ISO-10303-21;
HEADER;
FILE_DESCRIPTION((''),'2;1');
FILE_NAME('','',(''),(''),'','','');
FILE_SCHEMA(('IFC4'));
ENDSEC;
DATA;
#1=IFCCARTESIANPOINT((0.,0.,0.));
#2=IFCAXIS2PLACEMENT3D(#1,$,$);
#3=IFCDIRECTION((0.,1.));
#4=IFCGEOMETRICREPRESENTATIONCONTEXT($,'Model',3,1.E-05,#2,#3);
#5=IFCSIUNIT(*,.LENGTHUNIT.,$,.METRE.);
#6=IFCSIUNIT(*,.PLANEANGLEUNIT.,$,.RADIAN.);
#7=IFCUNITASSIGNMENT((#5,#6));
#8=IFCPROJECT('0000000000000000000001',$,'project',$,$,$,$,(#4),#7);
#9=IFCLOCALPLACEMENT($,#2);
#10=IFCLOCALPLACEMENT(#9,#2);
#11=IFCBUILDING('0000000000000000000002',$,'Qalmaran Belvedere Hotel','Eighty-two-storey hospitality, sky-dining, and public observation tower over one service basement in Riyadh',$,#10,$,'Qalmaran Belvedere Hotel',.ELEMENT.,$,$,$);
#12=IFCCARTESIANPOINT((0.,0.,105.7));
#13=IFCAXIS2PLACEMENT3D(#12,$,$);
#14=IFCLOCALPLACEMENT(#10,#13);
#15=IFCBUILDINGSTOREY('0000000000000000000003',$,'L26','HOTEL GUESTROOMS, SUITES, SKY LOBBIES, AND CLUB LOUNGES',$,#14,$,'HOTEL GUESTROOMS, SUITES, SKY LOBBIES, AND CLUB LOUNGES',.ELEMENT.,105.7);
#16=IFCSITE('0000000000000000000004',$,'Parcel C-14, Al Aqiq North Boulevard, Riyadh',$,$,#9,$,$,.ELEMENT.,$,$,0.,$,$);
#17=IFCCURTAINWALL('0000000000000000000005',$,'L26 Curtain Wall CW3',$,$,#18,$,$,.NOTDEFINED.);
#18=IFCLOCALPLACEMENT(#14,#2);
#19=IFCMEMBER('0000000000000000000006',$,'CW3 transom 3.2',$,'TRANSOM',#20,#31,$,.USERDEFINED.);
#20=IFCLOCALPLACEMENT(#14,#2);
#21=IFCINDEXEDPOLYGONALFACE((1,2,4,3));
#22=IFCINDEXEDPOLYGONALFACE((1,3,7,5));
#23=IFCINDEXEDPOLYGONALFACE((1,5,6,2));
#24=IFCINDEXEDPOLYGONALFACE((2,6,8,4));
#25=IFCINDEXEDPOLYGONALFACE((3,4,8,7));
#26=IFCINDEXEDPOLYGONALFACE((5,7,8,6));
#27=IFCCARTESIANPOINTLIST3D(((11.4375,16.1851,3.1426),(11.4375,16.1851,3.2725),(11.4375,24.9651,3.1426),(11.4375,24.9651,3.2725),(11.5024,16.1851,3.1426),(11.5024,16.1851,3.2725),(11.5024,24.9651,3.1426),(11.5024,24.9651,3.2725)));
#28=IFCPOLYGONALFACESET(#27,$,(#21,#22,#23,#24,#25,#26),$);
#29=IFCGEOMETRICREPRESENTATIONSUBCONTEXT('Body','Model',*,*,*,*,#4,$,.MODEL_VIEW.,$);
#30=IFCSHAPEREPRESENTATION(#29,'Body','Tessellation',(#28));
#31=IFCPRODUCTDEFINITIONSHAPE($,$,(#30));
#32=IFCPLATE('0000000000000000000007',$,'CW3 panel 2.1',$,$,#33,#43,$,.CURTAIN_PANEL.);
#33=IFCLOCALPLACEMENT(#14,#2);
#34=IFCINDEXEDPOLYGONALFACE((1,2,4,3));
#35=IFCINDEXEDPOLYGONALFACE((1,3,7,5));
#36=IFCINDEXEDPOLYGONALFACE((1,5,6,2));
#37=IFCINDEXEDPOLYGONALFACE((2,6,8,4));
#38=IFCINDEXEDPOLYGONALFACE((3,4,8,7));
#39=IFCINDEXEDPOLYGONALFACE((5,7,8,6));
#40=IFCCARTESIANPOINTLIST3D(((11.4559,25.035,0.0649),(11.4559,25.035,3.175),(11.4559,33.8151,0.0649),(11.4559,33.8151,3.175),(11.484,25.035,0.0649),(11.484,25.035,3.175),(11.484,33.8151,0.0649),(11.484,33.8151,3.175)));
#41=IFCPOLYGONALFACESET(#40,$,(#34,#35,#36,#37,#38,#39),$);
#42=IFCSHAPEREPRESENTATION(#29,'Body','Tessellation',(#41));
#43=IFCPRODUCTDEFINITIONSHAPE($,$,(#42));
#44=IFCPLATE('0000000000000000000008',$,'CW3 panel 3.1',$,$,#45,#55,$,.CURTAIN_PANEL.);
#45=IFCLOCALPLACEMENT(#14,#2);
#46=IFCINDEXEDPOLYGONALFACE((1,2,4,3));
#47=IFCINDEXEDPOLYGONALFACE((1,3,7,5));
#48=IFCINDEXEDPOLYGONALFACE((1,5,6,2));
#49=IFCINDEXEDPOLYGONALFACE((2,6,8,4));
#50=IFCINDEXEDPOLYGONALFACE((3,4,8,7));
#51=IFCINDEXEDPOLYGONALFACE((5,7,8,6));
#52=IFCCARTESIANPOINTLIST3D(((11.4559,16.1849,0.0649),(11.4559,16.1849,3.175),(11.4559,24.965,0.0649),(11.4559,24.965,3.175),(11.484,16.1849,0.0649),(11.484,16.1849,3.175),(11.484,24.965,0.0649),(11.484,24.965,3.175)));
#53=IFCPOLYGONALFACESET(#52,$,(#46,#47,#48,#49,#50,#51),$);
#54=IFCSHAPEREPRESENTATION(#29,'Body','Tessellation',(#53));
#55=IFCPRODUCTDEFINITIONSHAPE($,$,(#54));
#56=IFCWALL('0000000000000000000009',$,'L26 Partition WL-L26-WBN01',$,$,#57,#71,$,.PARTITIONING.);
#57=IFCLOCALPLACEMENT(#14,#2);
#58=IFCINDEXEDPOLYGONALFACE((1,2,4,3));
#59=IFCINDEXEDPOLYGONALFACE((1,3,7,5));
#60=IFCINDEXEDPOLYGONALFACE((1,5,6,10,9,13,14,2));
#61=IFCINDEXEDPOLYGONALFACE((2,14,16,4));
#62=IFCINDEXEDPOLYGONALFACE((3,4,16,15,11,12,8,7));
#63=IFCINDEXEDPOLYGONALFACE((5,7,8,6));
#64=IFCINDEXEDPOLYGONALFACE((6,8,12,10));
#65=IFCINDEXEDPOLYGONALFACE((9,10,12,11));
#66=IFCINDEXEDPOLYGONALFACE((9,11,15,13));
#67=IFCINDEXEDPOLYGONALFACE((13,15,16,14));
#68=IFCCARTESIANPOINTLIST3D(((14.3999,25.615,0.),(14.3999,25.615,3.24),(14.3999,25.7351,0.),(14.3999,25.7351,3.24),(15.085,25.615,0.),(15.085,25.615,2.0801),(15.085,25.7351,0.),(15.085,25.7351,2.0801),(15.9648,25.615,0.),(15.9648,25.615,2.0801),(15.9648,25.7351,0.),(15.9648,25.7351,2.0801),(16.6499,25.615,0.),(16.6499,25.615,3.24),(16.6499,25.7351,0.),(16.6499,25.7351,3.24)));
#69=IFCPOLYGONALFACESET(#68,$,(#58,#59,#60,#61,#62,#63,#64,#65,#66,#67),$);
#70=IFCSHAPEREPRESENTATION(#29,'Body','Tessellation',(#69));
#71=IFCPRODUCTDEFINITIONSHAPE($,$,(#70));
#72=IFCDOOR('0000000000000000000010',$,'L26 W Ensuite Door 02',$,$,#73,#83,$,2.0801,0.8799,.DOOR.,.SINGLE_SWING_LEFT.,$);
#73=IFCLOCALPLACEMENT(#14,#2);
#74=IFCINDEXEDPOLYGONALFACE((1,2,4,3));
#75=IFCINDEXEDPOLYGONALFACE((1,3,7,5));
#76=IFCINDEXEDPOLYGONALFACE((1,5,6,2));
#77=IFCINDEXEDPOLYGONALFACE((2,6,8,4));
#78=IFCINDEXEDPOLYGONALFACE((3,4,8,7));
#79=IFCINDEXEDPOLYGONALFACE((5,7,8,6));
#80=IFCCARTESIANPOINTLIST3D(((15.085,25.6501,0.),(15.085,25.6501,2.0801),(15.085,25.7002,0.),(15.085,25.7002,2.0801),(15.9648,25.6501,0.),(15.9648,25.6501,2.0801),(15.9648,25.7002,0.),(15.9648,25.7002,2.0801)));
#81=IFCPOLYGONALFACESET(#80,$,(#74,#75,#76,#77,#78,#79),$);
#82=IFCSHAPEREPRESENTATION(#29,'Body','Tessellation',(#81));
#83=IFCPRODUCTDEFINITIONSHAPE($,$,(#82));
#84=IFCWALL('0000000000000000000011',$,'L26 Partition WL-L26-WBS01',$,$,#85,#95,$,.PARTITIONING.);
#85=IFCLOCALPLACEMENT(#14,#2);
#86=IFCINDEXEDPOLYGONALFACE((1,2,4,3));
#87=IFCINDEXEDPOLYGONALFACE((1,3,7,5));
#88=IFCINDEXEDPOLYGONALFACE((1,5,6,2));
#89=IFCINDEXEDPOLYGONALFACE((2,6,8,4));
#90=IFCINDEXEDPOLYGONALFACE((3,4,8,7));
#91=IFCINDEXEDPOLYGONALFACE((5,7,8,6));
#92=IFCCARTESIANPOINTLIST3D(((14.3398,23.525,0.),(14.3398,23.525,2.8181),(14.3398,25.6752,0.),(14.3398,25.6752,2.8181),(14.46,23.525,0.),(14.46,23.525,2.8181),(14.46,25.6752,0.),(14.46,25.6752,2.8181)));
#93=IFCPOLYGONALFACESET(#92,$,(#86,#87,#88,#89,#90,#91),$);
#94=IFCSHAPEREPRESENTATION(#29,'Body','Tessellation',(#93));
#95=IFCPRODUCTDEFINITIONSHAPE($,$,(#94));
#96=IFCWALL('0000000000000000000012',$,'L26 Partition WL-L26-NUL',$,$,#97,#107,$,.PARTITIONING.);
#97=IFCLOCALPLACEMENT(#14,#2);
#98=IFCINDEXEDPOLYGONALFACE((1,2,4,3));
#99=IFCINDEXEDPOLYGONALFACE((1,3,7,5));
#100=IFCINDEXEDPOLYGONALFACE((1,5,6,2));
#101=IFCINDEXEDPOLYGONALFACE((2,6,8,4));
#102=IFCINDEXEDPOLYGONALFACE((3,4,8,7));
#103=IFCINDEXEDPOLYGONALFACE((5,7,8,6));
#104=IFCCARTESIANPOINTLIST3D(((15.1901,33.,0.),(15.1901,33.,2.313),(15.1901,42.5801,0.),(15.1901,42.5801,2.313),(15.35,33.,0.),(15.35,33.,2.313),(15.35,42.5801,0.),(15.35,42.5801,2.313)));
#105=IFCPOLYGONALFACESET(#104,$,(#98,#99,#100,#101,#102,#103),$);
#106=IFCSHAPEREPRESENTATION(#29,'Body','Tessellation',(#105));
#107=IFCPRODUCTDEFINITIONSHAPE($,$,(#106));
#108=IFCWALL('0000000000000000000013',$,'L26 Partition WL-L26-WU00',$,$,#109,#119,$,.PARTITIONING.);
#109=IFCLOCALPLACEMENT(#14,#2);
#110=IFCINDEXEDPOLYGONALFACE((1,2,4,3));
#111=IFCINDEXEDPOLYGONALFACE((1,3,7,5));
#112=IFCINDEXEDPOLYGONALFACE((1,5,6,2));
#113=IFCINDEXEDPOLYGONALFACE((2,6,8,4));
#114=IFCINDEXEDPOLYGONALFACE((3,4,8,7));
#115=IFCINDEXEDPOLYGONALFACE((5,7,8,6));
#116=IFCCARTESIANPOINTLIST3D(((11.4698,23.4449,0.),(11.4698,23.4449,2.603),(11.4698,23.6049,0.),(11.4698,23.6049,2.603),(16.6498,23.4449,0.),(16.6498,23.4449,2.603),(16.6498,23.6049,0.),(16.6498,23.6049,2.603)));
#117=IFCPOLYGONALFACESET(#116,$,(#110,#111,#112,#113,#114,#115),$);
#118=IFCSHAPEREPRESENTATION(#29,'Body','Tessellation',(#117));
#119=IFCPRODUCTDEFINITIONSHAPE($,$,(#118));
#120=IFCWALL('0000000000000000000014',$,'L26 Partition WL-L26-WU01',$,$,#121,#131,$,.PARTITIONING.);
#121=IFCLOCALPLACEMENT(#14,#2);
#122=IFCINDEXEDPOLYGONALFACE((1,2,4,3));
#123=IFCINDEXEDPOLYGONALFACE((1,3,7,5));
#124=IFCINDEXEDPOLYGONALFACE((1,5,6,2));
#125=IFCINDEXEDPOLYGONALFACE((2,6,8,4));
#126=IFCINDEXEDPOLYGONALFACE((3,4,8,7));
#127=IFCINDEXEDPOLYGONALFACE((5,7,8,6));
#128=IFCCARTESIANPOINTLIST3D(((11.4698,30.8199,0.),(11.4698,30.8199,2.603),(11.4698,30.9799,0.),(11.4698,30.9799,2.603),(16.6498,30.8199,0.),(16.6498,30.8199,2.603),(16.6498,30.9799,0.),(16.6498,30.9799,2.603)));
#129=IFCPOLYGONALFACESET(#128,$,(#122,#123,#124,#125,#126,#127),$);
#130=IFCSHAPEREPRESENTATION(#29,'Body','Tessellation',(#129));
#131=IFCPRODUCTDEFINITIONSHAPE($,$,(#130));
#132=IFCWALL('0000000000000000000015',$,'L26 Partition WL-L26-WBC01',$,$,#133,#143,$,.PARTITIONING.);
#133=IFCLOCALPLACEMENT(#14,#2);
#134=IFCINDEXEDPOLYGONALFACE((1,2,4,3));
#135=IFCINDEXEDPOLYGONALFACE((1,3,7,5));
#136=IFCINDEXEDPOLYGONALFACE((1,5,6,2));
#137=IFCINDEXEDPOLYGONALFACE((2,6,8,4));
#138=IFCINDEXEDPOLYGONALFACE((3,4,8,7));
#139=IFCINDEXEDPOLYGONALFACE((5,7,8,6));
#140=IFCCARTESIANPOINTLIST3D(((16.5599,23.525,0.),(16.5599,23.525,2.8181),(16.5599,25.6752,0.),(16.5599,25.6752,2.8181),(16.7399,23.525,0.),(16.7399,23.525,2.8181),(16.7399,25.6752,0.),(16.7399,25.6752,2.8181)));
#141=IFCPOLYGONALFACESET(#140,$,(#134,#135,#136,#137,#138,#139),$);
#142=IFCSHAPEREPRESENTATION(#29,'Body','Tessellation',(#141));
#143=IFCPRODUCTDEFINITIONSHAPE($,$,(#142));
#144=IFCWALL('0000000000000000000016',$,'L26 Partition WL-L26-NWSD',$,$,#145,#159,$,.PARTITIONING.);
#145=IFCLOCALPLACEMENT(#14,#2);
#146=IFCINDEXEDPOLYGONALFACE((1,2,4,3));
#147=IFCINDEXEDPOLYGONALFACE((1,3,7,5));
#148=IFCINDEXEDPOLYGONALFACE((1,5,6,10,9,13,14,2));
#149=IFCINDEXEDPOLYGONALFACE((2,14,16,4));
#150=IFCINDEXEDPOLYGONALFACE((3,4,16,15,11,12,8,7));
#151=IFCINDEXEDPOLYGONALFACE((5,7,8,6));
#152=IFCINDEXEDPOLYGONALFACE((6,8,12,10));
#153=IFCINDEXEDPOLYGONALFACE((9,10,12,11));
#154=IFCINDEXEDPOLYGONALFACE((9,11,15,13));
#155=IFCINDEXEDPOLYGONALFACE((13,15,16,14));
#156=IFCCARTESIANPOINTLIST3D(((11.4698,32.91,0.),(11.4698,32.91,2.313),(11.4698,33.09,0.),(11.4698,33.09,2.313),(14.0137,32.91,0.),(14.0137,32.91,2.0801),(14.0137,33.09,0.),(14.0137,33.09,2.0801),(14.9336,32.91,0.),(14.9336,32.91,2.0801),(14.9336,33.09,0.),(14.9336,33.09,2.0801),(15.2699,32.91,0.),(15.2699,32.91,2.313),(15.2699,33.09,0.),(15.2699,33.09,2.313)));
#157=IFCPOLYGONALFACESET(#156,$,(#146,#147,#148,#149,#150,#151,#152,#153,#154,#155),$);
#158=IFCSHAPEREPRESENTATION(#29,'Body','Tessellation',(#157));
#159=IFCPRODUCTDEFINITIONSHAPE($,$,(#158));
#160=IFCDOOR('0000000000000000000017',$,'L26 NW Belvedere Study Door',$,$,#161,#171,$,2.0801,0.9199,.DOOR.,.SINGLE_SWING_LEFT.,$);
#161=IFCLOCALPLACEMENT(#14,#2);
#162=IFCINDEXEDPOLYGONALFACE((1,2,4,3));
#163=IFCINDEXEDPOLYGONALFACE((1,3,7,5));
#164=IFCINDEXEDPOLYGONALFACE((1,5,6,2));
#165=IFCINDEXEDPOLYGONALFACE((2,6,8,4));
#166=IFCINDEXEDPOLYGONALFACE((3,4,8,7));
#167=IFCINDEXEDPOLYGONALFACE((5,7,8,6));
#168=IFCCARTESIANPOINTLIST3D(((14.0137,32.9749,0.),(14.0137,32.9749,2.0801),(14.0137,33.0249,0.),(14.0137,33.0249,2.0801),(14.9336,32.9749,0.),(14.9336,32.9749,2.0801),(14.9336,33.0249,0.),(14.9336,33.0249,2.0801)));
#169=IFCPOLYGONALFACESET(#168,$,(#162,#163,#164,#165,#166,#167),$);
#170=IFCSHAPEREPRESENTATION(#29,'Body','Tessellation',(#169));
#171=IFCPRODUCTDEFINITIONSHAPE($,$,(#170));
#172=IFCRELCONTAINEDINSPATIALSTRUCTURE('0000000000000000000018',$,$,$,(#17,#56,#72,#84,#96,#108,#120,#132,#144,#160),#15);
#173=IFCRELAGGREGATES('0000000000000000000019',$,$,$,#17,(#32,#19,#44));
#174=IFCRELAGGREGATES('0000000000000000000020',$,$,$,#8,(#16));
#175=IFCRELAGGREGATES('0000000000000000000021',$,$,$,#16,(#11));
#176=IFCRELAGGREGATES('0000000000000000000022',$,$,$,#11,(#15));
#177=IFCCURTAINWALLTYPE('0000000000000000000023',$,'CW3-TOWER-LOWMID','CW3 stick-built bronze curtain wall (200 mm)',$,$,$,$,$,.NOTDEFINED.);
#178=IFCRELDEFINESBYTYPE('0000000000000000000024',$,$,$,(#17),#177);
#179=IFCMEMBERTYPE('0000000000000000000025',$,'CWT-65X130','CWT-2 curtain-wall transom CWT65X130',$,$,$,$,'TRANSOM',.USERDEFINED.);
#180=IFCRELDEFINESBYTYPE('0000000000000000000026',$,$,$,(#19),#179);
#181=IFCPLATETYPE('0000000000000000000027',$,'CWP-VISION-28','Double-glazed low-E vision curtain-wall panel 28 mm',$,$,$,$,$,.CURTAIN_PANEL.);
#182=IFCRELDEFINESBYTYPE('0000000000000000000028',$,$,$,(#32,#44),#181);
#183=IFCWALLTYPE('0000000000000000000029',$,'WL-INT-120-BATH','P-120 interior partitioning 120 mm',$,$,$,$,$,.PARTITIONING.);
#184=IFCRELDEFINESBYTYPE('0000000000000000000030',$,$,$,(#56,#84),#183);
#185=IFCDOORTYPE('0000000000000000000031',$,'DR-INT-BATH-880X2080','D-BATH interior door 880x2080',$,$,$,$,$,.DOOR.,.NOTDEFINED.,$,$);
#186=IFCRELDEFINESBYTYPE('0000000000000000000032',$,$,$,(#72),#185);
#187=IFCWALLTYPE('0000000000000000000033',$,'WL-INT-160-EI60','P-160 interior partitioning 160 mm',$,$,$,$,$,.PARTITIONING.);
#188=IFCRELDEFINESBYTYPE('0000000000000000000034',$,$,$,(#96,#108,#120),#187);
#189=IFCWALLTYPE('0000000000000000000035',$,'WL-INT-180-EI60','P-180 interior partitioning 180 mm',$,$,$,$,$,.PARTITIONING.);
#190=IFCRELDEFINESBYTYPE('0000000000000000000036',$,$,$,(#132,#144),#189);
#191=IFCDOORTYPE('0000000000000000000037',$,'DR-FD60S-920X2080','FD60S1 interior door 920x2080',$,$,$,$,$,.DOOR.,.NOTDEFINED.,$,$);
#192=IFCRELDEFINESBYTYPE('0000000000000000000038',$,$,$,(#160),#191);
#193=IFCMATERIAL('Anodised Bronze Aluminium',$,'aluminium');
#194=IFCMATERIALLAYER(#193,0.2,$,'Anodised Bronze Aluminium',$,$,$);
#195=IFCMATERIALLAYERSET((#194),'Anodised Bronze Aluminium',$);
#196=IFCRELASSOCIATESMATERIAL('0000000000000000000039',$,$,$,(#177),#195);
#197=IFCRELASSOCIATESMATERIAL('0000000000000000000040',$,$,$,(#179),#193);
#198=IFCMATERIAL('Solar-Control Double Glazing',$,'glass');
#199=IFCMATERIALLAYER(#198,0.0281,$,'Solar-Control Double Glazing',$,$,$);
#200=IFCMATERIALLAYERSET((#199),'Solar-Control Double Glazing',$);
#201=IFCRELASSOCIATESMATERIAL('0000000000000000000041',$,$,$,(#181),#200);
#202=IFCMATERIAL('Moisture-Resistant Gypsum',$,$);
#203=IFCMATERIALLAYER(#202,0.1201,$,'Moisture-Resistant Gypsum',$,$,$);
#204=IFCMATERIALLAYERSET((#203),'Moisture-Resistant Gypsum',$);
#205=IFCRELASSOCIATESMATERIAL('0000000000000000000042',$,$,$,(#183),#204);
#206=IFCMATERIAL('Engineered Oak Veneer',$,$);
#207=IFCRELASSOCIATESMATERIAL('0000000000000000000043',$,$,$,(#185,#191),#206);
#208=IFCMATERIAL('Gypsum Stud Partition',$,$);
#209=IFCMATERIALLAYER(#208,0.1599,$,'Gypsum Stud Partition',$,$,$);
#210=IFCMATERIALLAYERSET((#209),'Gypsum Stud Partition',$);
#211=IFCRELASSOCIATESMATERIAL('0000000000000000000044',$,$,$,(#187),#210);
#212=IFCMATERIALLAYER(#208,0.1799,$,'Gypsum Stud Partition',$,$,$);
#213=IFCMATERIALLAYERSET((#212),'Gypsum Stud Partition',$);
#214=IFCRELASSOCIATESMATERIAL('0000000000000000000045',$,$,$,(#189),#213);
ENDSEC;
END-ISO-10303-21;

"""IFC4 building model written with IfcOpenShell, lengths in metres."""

from ifc_helpers import new_model, si_unit, direction, frame, frame_2d, origin, origin_2d, place, context, subcontext, project, spatial, rectangle, extrude, material, layer, layer_set, material_profile, profile_set, type_object, element, fill, aggregate, save


model = new_model("IFC4")

# Units and contexts
model_context = context("Model", 3, precision=1e-05, world=origin(), true_north=direction((0.0, 1.0)))
body_context = subcontext(model_context, "Body", "Model", "MODEL_VIEW")
ifc_project = project(units=[si_unit("LENGTHUNIT", "METRE"), si_unit("PLANEANGLEUNIT", "RADIAN")], contexts=[model_context])

# Site, building, storey
site_placement = place(None, origin())
site = spatial("IfcSite", under=ifc_project, at=site_placement, Name="Parcel C-14, Al Aqiq North Boulevard, Riyadh", CompositionType="ELEMENT", RefElevation=0.0)
building_placement = place(site_placement, origin())
building = spatial("IfcBuilding", under=site, at=building_placement, Name="Qalmaran Belvedere Hotel", Description="Eighty-two-storey hospitality, sky-dining, and public observation tower over one service basement in Riyadh", LongName="Qalmaran Belvedere Hotel", CompositionType="ELEMENT")
storey_placement = place(building_placement, frame((0.0, 0.0, 105.7)))
storey = spatial("IfcBuildingStorey", under=building, at=storey_placement, Name="L26", Description="HOTEL GUESTROOMS, SUITES, SKY LOBBIES, AND CLUB LOUNGES", LongName="HOTEL GUESTROOMS, SUITES, SKY LOBBIES, AND CLUB LOUNGES", CompositionType="ELEMENT", Elevation=105.7)

# Curtain wall, member, plates
ifc_material_1 = material(Name="Anodised Bronze Aluminium", Category="aluminium")
ifc_layer_1 = layer(ifc_material_1, 0.2, Name="Anodised Bronze Aluminium")
ifc_layer_set_1 = layer_set([ifc_layer_1], Name="Anodised Bronze Aluminium")
curtain_wall_type = type_object("IfcCurtainWallType", Name="CW3-TOWER-LOWMID", Description="CW3 stick-built bronze curtain wall (200 mm)", PredefinedType="NOTDEFINED", material=ifc_layer_set_1)
curtain_wall_placement = place(storey_placement, origin())
curtain_wall = element("IfcCurtainWall", 1, at=curtain_wall_placement, inside=storey, type_object=curtain_wall_type, Name="L26 Curtain Wall CW3", PredefinedType="NOTDEFINED")
ifc_material_profile_1 = material_profile(ifc_material_1, rectangle(XDim=0.0649, YDim=0.1299, at=origin_2d()), Name="CWT65X130")
ifc_profile_set_1 = profile_set([ifc_material_profile_1], Name="Anodised Bronze Aluminium")
member_type_1 = type_object("IfcMemberType", Name="CWT-65X130", Description="CWT-2 curtain-wall transom CWT65X130", ElementType="TRANSOM", PredefinedType="USERDEFINED", material=ifc_profile_set_1)
member_1_placement = place(storey_placement, frame((11.47, 24.9651, 3.2075), z_axis=(0.0, -1.0, 0.0), x_axis=(1.0, 0.0, 0.0)))
member_1 = element("IfcMember", 2, at=member_1_placement, type_object=member_type_1, Name="CW3 transom 3.2", ObjectType="TRANSOM", PredefinedType="USERDEFINED", context=body_context, shape_type="SweptSolid", body=[
    extrude(rectangle(XDim=0.0649, YDim=0.1299, at=origin_2d()), origin(), (0.0, 0.0, 1.0), 8.78),
])
ifc_material_2 = material(Name="Solar-Control Double Glazing", Category="glass")
ifc_layer_2 = layer(ifc_material_2, 0.0281, Name="Solar-Control Double Glazing")
ifc_layer_set_2 = layer_set([ifc_layer_2], Name="Solar-Control Double Glazing")
plate_type = type_object("IfcPlateType", Name="CWP-VISION-28", Description="Double-glazed low-E vision curtain-wall panel 28 mm", PredefinedType="CURTAIN_PANEL", material=ifc_layer_set_2)
plate_1_placement = place(storey_placement, frame((11.47, 29.425, 0.0649), z_axis=(0.0, 0.0, 1.0), x_axis=(0.0, -1.0, 0.0)))
plate_1 = element("IfcPlate", 3, at=plate_1_placement, type_object=plate_type, Name="CW3 panel 2.1", PredefinedType="CURTAIN_PANEL", context=body_context, shape_type="SweptSolid", body=[
    extrude(rectangle(XDim=8.78, YDim=0.0281, at=origin_2d()), origin(), (0.0, 0.0, 1.0), 3.1101),
])
plate_2_placement = place(storey_placement, frame((11.47, 20.575, 0.0649), z_axis=(0.0, 0.0, 1.0), x_axis=(0.0, -1.0, 0.0)))
plate_2 = element("IfcPlate", 4, at=plate_2_placement, type_object=plate_type, Name="CW3 panel 3.1", PredefinedType="CURTAIN_PANEL", context=body_context, shape_type="SweptSolid", body=[
    extrude(rectangle(XDim=8.78, YDim=0.0281, at=origin_2d()), origin(), (0.0, 0.0, 1.0), 3.1101),
])
aggregate(curtain_wall, [plate_1, member_1, plate_2])

# Wall, opening, door
ifc_material_3 = material(Name="Moisture-Resistant Gypsum")
ifc_layer_3 = layer(ifc_material_3, 0.1201, Name="Moisture-Resistant Gypsum")
ifc_layer_set_3 = layer_set([ifc_layer_3], Name="Moisture-Resistant Gypsum")
wall_type_1 = type_object("IfcWallType", Name="WL-INT-120-BATH", Description="P-120 interior partitioning 120 mm", PredefinedType="PARTITIONING", material=ifc_layer_set_3)
wall_1_placement = place(storey_placement, frame((14.3999, 25.675, 0.0), z_axis=(0.0, 0.0, 1.0), x_axis=(1.0, 0.0, 0.0)))
wall_1 = element("IfcWall", 5, at=wall_1_placement, inside=storey, type_object=wall_type_1, Name="L26 Partition WL-L26-WBN01", PredefinedType="PARTITIONING", context=body_context, shape_type="SweptSolid", body=[
    extrude(rectangle(XDim=2.25, YDim=0.1201, at=frame_2d((1.125, 0.0))), origin(), (0.0, 0.0, 1.0), 3.24),
])
opening_1_placement = place(wall_1_placement, frame((1.5649, 0.0, 0.0), z_axis=(0.0, 0.0, 1.0), x_axis=(-1.0, 0.0, 0.0)))
opening_1 = element("IfcOpeningElement", 6, at=opening_1_placement, cuts=wall_1, PredefinedType="OPENING", context=body_context, shape_type="SweptSolid", body=[
    extrude(rectangle(XDim=0.8799, YDim=2.0801, at=frame_2d((0.4399, 1.04))), frame((0.0, 0.0701, 0.0), z_axis=(0.0, -1.0, 0.0), x_axis=(1.0, 0.0, 0.0)), (0.0, 0.0, 1.0), 0.1401),
])
ifc_material_4 = material(Name="Engineered Oak Veneer")
door_type_1 = type_object("IfcDoorType", Name="DR-INT-BATH-880X2080", Description="D-BATH interior door 880x2080", OperationType="NOTDEFINED", PredefinedType="DOOR", material=ifc_material_4)
door_1_placement = place(opening_1_placement, origin())
door_1 = element("IfcDoor", 7, at=door_1_placement, inside=storey, type_object=door_type_1, Name="L26 W Ensuite Door 02", OperationType="SINGLE_SWING_LEFT", OverallHeight=2.0801, OverallWidth=0.8799, PredefinedType="DOOR", context=body_context, shape_type="SweptSolid", body=[
    extrude(rectangle(XDim=0.8799, YDim=2.0801, at=frame_2d((0.4399, 1.04))), frame((0.0, 0.0249, 0.0), z_axis=(0.0, -1.0, 0.0), x_axis=(1.0, 0.0, 0.0)), (0.0, 0.0, 1.0), 0.05),
])
fill(opening_1, door_1)

# Wall
wall_2_placement = place(storey_placement, frame((14.3999, 23.5249, 0.0), z_axis=(0.0, 0.0, 1.0), x_axis=(0.0, 1.0, 0.0)))
element("IfcWall", 8, at=wall_2_placement, inside=storey, type_object=wall_type_1, Name="L26 Partition WL-L26-WBS01", PredefinedType="PARTITIONING", context=body_context, shape_type="SweptSolid", body=[
    extrude(rectangle(XDim=2.1501, YDim=0.1201, at=frame_2d((1.0752, 0.0))), origin(), (0.0, 0.0, 1.0), 2.8181),
])

# Shared definitions
ifc_material_5 = material(Name="Gypsum Stud Partition")

# Walls
ifc_layer_4 = layer(ifc_material_5, 0.1599, Name="Gypsum Stud Partition")
ifc_layer_set_4 = layer_set([ifc_layer_4], Name="Gypsum Stud Partition")
wall_type_2 = type_object("IfcWallType", Name="WL-INT-160-EI60", Description="P-160 interior partitioning 160 mm", PredefinedType="PARTITIONING", material=ifc_layer_set_4)
wall_3_placement = place(storey_placement, frame((15.27, 33.0, 0.0), z_axis=(0.0, 0.0, 1.0), x_axis=(0.0, 1.0, 0.0)))
element("IfcWall", 9, at=wall_3_placement, inside=storey, type_object=wall_type_2, Name="L26 Partition WL-L26-NUL", PredefinedType="PARTITIONING", context=body_context, shape_type="SweptSolid", body=[
    extrude(rectangle(XDim=9.5801, YDim=0.1599, at=frame_2d((4.79, 0.0))), origin(), (0.0, 0.0, 1.0), 2.313),
])
for number, where, z_axis, x_axis, name in (
    (10, (11.47, 23.5249, 0.0), (0.0, 0.0, 1.0), (1.0, 0.0, 0.0), "L26 Partition WL-L26-WU00"),
    (11, (11.47, 30.8999, 0.0), (0.0, 0.0, 1.0), (1.0, 0.0, 0.0), "L26 Partition WL-L26-WU01"),
):
    element("IfcWall", number, at=place(storey_placement, frame(where, z_axis=z_axis, x_axis=x_axis)), inside=storey, type_object=wall_type_2, Name=name, PredefinedType="PARTITIONING", context=body_context, shape_type="SweptSolid", body=[
        extrude(rectangle(XDim=5.1799, YDim=0.1599, at=frame_2d((2.5898, 0.0))), origin(), (0.0, 0.0, 1.0), 2.603),
    ])

# Shared definitions
ifc_layer_5 = layer(ifc_material_5, 0.1799, Name="Gypsum Stud Partition")
ifc_layer_set_5 = layer_set([ifc_layer_5], Name="Gypsum Stud Partition")
wall_type_3 = type_object("IfcWallType", Name="WL-INT-180-EI60", Description="P-180 interior partitioning 180 mm", PredefinedType="PARTITIONING", material=ifc_layer_set_5)

# Wall
wall_4_placement = place(storey_placement, frame((16.6499, 23.5249, 0.0), z_axis=(0.0, 0.0, 1.0), x_axis=(0.0, 1.0, 0.0)))
element("IfcWall", 12, at=wall_4_placement, inside=storey, type_object=wall_type_3, Name="L26 Partition WL-L26-WBC01", PredefinedType="PARTITIONING", context=body_context, shape_type="SweptSolid", body=[
    extrude(rectangle(XDim=2.1501, YDim=0.1799, at=frame_2d((1.0752, 0.0))), origin(), (0.0, 0.0, 1.0), 2.8181),
])

# Wall, opening, door
wall_5_placement = place(storey_placement, frame((11.47, 33.0, 0.0), z_axis=(0.0, 0.0, 1.0), x_axis=(1.0, 0.0, 0.0)))
wall_5 = element("IfcWall", 13, at=wall_5_placement, inside=storey, type_object=wall_type_3, Name="L26 Partition WL-L26-NWSD", PredefinedType="PARTITIONING", context=body_context, shape_type="SweptSolid", body=[
    extrude(rectangle(XDim=3.8, YDim=0.1799, at=frame_2d((1.8999, 0.0))), origin(), (0.0, 0.0, 1.0), 2.313),
])
opening_2_placement = place(wall_5_placement, frame((2.5437, 0.0, 0.0)))
opening_2 = element("IfcOpeningElement", 14, at=opening_2_placement, cuts=wall_5, PredefinedType="OPENING", context=body_context, shape_type="SweptSolid", body=[
    extrude(rectangle(XDim=0.9199, YDim=2.0801, at=frame_2d((0.46, 1.04))), frame((0.0, 0.1001, 0.0), z_axis=(0.0, -1.0, 0.0), x_axis=(1.0, 0.0, 0.0)), (0.0, 0.0, 1.0), 0.2),
])
door_type_2 = type_object("IfcDoorType", Name="DR-FD60S-920X2080", Description="FD60S1 interior door 920x2080", OperationType="NOTDEFINED", PredefinedType="DOOR", material=ifc_material_4)
door_2_placement = place(opening_2_placement, origin())
door_2 = element("IfcDoor", 15, at=door_2_placement, inside=storey, type_object=door_type_2, Name="L26 NW Belvedere Study Door", OperationType="SINGLE_SWING_LEFT", OverallHeight=2.0801, OverallWidth=0.9199, PredefinedType="DOOR", context=body_context, shape_type="SweptSolid", body=[
    extrude(rectangle(XDim=0.9199, YDim=2.0801, at=frame_2d((0.46, 1.04))), frame((0.0, 0.0249, 0.0), z_axis=(0.0, -1.0, 0.0), x_axis=(1.0, 0.0, 0.0)), (0.0, 0.0, 1.0), 0.05),
])
fill(opening_2, door_2)

save(model, "model.ifc")
